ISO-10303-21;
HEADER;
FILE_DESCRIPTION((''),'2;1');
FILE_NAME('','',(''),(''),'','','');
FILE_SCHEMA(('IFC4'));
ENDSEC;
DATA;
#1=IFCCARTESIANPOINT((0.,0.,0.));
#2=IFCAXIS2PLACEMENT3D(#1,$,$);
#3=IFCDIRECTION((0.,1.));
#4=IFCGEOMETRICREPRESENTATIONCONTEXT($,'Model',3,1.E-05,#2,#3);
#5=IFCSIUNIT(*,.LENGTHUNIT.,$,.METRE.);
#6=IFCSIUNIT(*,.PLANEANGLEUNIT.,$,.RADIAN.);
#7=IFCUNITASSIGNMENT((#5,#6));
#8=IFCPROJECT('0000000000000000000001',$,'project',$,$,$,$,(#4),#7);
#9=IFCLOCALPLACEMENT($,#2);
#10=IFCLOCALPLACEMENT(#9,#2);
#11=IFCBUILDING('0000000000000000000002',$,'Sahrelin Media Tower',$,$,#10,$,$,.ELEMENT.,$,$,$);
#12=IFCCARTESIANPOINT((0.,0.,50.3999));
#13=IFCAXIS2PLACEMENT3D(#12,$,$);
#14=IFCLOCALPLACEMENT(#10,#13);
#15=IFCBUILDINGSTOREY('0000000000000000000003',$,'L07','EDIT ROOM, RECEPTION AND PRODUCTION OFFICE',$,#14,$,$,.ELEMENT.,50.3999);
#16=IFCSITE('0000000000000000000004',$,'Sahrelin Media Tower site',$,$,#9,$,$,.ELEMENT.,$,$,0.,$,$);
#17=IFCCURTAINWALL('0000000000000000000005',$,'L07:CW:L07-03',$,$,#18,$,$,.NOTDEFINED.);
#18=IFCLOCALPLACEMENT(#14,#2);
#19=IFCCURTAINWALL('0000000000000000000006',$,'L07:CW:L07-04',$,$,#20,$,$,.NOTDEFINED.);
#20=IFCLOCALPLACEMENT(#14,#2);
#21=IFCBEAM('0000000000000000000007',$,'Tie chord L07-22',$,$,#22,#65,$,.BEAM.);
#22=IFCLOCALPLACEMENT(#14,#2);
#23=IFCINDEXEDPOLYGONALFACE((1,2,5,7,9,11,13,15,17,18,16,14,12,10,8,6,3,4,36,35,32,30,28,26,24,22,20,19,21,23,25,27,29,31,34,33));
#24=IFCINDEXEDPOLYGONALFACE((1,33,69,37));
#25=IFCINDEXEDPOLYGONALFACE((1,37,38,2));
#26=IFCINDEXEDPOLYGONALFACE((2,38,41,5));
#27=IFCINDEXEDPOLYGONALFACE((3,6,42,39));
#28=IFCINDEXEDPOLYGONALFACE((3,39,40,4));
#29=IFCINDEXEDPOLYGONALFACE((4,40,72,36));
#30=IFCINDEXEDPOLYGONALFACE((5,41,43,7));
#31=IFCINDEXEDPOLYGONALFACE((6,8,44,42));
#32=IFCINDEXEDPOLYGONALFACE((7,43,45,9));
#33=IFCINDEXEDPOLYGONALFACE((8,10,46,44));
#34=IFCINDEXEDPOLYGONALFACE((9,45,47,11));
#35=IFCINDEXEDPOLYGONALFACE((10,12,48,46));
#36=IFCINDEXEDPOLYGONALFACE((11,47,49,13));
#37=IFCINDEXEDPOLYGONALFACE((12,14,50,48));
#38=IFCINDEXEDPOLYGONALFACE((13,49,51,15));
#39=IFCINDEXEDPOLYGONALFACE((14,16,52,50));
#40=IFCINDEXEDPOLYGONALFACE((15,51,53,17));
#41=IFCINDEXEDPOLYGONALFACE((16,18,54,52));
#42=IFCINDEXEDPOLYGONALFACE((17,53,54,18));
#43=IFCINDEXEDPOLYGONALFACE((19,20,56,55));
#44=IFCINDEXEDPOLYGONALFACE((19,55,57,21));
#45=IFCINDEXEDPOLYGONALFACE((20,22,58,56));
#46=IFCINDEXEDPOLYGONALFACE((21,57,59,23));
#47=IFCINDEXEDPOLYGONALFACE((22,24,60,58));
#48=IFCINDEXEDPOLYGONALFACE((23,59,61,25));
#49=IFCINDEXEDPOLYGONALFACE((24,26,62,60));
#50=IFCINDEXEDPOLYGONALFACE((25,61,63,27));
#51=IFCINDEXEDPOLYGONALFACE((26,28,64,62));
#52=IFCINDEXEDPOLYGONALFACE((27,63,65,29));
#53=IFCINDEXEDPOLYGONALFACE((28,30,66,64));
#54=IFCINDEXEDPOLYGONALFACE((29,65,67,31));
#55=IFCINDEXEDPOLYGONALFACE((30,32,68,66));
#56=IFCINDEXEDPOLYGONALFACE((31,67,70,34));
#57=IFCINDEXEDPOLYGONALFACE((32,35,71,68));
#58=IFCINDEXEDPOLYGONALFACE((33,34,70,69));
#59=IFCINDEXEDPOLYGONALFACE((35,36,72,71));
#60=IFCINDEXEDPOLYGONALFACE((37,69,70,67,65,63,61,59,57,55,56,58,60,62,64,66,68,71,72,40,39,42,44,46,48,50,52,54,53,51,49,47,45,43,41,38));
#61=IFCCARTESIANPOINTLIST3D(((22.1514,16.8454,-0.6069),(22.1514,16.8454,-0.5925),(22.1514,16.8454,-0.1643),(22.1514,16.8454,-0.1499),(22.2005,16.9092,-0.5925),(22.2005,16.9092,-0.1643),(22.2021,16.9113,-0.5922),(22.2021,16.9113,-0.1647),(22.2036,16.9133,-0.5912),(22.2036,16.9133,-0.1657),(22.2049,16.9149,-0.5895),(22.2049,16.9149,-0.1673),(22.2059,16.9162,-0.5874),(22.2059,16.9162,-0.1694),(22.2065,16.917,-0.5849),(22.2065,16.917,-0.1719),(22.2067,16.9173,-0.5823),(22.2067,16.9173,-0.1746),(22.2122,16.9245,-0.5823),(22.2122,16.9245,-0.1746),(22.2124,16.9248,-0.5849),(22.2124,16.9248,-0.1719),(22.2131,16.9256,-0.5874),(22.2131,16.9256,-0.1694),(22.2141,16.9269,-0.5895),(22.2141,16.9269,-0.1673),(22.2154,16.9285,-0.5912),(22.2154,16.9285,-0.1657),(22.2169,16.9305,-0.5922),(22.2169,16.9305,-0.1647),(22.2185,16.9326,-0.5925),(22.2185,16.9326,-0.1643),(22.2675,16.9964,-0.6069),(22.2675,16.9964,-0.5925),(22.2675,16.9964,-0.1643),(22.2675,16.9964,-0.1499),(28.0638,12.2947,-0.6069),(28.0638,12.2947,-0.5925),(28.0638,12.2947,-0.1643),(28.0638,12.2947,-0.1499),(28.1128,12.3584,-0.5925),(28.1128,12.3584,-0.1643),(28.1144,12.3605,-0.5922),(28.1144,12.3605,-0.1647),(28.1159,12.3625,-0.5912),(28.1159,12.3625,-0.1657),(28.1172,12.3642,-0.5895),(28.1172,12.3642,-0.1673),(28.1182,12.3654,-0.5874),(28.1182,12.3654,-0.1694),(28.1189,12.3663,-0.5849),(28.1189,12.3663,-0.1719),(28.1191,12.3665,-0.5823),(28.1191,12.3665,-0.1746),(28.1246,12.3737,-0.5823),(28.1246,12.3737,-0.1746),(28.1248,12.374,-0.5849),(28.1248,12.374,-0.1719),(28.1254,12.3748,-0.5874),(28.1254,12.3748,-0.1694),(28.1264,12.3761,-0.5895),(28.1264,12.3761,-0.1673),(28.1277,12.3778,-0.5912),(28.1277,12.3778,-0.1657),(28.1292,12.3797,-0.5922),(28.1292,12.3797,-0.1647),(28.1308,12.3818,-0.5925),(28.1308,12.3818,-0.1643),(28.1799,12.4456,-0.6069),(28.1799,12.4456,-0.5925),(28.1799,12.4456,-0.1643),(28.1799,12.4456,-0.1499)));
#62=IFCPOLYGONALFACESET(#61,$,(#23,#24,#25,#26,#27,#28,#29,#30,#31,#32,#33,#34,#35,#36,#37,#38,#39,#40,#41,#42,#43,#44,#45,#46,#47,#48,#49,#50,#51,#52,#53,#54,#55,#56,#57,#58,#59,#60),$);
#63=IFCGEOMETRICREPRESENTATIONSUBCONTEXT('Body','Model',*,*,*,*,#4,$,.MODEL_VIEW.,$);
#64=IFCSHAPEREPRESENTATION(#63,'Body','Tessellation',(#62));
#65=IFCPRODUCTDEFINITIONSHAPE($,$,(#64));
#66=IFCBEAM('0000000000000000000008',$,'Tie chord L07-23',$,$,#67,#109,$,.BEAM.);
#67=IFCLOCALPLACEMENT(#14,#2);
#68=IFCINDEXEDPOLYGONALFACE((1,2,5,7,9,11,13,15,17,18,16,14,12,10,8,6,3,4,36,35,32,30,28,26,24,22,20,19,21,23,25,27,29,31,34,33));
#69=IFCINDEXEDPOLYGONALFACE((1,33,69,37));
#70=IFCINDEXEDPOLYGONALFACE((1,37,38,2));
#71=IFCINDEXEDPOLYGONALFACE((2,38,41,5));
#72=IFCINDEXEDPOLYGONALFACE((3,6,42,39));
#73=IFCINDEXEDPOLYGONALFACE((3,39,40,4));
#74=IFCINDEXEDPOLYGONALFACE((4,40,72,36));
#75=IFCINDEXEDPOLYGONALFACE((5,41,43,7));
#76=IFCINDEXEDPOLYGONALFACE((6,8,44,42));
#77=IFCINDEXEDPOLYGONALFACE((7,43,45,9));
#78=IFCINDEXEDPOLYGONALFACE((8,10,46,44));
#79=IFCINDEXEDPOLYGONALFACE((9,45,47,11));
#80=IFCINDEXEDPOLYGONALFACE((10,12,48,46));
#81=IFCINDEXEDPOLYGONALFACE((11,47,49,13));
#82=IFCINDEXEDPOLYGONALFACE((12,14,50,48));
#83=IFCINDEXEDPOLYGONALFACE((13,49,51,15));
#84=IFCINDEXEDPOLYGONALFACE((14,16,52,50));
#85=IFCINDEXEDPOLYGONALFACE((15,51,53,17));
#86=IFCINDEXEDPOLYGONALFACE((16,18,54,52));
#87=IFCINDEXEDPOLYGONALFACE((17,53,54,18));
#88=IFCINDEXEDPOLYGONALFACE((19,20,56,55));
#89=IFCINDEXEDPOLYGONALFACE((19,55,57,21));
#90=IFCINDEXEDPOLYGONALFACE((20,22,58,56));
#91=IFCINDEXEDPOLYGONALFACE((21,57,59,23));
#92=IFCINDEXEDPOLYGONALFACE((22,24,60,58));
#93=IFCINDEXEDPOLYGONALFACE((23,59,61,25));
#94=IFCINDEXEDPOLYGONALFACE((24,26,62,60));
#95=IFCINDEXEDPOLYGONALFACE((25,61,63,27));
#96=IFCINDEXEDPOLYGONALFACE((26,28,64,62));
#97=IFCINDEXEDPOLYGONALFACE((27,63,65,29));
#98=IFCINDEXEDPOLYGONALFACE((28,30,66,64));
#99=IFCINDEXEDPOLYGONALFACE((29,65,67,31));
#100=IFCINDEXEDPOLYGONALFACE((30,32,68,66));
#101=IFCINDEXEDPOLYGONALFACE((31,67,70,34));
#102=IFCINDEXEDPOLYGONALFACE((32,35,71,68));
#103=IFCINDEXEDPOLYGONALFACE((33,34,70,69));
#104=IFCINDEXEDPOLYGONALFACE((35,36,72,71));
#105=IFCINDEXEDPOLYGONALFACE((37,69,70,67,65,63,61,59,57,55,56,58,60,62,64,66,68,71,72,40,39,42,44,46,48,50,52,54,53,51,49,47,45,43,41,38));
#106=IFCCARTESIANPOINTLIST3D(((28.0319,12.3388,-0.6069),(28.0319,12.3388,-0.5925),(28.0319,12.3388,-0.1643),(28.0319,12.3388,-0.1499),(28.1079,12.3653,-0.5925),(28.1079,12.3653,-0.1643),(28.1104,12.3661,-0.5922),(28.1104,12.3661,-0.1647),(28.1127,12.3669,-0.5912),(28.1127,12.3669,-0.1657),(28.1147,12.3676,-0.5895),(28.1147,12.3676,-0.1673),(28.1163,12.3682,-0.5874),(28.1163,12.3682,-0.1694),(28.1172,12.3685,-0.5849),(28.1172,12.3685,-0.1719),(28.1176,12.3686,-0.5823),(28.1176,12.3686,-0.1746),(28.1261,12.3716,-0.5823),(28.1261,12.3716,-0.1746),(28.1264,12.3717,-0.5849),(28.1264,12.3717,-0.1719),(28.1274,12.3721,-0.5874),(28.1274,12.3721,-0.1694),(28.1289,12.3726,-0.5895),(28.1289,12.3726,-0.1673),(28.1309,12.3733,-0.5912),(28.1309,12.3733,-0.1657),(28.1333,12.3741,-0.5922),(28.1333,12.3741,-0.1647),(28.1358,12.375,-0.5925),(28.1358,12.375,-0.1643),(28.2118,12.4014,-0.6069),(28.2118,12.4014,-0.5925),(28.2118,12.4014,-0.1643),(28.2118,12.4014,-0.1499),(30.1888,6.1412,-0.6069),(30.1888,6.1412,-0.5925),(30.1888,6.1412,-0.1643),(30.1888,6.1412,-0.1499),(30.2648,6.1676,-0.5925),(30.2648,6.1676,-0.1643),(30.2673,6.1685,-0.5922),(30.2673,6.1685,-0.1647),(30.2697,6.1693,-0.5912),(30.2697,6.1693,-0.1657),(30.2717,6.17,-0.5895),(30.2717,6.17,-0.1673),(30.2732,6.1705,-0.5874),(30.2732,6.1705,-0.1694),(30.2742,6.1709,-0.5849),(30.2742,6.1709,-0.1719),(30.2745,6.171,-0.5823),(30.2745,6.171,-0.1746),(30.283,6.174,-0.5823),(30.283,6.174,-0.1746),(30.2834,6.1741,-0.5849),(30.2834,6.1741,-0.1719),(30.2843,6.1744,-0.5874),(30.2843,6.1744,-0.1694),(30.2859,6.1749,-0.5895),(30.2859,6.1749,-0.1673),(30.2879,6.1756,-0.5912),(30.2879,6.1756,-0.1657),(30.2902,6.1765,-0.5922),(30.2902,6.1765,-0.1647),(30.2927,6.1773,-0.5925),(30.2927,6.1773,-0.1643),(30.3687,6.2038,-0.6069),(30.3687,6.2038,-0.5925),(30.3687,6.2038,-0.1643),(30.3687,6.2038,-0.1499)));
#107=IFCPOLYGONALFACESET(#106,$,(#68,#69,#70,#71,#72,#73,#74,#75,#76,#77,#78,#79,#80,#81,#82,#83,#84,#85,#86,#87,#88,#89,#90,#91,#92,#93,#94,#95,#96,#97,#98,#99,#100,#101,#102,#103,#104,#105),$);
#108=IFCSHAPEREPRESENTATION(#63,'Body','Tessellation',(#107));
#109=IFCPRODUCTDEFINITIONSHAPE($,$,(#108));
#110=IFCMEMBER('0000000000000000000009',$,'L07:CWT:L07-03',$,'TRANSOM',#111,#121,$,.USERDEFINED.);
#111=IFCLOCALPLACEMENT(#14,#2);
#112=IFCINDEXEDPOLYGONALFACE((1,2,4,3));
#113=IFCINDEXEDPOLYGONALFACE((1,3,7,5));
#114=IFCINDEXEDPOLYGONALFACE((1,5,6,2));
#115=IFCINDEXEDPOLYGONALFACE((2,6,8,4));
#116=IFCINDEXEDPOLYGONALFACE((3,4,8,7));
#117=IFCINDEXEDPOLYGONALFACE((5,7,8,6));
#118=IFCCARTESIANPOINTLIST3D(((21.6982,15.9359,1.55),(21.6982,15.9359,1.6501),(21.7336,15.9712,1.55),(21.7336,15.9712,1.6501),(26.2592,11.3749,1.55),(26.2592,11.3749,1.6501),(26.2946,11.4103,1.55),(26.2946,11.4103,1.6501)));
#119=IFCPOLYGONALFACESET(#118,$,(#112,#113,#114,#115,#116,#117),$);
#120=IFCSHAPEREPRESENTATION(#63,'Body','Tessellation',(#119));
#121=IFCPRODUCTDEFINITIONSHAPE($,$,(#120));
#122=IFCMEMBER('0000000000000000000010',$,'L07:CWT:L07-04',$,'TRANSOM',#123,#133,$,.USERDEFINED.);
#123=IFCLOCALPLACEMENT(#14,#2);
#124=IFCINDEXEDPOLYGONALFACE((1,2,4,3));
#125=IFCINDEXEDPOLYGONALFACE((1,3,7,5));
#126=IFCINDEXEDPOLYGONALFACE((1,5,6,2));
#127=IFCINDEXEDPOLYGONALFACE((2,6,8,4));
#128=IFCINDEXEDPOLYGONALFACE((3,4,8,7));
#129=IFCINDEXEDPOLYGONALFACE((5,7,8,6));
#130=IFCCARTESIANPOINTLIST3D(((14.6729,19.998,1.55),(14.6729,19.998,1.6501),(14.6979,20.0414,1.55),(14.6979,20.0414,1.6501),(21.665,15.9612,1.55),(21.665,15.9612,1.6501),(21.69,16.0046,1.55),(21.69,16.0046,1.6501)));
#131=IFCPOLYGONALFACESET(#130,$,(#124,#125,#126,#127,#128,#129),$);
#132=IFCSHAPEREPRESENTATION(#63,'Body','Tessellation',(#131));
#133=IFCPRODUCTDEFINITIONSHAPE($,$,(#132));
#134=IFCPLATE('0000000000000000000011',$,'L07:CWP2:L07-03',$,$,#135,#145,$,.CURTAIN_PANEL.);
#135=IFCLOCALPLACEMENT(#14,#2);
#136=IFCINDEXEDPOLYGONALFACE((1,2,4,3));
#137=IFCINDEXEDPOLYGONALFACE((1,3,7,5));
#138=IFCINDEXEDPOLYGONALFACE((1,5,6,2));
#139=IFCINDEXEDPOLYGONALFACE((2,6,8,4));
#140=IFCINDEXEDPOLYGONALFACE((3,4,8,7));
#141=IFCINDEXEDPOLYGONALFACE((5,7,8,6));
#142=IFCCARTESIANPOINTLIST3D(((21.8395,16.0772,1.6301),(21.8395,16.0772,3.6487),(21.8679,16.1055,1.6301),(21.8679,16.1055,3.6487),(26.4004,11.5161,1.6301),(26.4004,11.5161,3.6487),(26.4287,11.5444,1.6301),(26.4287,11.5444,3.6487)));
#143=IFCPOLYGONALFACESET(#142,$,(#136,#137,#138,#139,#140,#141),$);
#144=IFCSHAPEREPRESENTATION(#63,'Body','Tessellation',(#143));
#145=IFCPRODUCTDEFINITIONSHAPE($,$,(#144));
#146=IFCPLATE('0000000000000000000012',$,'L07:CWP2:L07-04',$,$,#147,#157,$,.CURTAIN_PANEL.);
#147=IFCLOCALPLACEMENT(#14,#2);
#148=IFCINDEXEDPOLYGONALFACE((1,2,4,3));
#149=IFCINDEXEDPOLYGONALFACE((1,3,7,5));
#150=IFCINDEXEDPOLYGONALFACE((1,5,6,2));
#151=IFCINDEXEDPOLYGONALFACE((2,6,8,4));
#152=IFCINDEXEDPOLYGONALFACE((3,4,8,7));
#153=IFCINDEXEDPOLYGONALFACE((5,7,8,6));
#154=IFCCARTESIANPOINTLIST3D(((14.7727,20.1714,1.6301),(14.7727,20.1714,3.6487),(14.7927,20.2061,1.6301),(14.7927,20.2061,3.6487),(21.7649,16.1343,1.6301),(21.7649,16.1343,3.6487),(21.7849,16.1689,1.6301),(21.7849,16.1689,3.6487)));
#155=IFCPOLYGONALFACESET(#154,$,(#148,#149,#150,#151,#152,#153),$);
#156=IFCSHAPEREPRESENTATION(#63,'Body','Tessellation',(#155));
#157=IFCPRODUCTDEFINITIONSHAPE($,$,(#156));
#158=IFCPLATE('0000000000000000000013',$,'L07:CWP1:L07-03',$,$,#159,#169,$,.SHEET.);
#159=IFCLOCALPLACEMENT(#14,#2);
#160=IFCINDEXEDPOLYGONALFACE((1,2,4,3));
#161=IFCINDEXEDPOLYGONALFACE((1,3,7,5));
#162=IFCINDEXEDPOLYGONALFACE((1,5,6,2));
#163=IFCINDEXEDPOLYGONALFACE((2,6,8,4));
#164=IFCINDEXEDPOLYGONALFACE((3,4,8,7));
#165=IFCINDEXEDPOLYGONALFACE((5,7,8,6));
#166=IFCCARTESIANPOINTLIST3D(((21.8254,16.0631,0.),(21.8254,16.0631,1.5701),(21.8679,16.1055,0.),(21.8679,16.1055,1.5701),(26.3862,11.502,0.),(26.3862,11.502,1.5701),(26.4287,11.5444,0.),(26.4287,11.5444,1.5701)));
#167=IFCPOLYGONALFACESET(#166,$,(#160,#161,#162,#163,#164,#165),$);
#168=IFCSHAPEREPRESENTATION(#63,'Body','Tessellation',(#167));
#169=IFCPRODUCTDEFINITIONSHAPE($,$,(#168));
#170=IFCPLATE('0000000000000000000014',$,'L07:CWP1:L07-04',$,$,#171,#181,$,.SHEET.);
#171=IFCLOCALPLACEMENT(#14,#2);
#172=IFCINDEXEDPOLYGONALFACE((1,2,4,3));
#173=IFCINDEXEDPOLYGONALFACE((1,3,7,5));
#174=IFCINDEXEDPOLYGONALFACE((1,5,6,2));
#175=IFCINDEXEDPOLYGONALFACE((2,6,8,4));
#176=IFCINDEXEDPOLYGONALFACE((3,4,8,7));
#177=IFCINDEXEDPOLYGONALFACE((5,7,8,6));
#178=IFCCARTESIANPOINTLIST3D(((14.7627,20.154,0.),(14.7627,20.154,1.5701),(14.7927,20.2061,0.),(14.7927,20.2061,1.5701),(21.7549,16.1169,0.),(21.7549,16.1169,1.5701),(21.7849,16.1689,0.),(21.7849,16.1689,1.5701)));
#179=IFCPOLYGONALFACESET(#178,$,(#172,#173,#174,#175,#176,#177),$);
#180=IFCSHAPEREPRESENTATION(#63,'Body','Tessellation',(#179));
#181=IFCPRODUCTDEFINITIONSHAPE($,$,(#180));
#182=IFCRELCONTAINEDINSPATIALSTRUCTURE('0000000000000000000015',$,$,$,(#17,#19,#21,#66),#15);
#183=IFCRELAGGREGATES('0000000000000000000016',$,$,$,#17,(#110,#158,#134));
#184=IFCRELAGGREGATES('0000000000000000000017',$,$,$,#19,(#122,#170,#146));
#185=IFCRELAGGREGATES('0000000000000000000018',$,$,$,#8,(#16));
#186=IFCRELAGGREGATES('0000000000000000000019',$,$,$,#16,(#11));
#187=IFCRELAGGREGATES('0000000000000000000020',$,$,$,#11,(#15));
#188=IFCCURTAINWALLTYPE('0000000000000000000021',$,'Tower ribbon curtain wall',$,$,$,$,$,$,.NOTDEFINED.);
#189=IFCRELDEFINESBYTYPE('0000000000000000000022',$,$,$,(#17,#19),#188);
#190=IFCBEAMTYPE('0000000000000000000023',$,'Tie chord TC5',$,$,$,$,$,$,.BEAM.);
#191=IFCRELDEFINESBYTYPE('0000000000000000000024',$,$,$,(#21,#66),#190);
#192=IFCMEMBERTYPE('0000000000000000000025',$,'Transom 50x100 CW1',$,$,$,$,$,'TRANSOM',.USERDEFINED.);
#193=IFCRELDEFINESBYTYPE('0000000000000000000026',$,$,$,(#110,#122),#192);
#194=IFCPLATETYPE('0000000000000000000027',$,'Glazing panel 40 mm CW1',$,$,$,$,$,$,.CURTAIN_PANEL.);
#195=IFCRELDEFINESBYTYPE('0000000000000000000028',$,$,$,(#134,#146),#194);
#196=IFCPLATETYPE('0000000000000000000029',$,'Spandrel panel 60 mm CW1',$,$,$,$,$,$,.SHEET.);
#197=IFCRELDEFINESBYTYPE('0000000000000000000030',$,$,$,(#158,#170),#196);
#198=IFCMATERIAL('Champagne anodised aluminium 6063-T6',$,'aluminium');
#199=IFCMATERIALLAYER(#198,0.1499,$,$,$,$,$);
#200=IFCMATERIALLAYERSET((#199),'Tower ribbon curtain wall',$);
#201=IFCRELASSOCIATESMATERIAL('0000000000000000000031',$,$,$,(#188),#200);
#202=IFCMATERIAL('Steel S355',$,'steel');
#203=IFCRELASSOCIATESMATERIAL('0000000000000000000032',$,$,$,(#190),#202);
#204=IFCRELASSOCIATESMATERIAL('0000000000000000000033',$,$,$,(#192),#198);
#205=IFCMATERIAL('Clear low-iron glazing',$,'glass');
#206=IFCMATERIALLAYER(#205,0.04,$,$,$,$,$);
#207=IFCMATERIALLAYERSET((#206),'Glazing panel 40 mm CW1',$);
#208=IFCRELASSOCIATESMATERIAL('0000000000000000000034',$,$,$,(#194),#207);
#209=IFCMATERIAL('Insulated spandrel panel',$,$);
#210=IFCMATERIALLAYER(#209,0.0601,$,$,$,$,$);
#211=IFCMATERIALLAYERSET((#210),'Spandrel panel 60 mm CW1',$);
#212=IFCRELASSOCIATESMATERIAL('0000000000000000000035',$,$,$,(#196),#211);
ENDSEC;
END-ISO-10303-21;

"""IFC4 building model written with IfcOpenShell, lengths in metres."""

from ifc_helpers import new_model, si_unit, direction, frame, origin, origin_2d, place, context, subcontext, project, spatial, polyline, rectangle, i_section, outline, extrude, material, layer, layer_set, material_profile, profile_set, type_object, element, aggregate, save


model = new_model("IFC4")

# Units and contexts
model_context = context("Model", 3, precision=1e-05, world=origin(), true_north=direction((0.0, 1.0)))
body_context = subcontext(model_context, "Body", "Model", "MODEL_VIEW")
ifc_project = project(units=[si_unit("LENGTHUNIT", "METRE"), si_unit("PLANEANGLEUNIT", "RADIAN")], contexts=[model_context])

# Site, building, storey
site_placement = place(None, origin())
site = spatial("IfcSite", under=ifc_project, at=site_placement, Name="Sahrelin Media Tower site", CompositionType="ELEMENT", RefElevation=0.0)
building_placement = place(site_placement, origin())
building = spatial("IfcBuilding", under=site, at=building_placement, Name="Sahrelin Media Tower", CompositionType="ELEMENT")
storey_placement = place(building_placement, frame((0.0, 0.0, 50.3999)))
storey = spatial("IfcBuildingStorey", under=building, at=storey_placement, Name="L07", Description="EDIT ROOM, RECEPTION AND PRODUCTION OFFICE", CompositionType="ELEMENT", Elevation=50.3999)

# Shared definitions
ifc_material_1 = material(Name="Steel S355", Category="steel")

# Curtain walls
ifc_material_2 = material(Name="Champagne anodised aluminium 6063-T6", Category="aluminium")
ifc_layer_1 = layer(ifc_material_2, 0.1499)
ifc_layer_set_1 = layer_set([ifc_layer_1], Name="Tower ribbon curtain wall")
curtain_wall_type = type_object("IfcCurtainWallType", Name="Tower ribbon curtain wall", PredefinedType="NOTDEFINED", material=ifc_layer_set_1)
curtain_wall_1_placement = place(storey_placement, frame((24.1343, 13.8108, 0.0), z_axis=(0.0, 0.0, 1.0), x_axis=(1.0, 0.0, 0.0)))
curtain_wall_1 = element("IfcCurtainWall", 1, at=curtain_wall_1_placement, inside=storey, type_object=curtain_wall_type, Name="L07:CW:L07-03", PredefinedType="NOTDEFINED")
curtain_wall_2_placement = place(storey_placement, frame((18.2788, 18.1702, 0.0), z_axis=(0.0, 0.0, 1.0), x_axis=(1.0, 0.0, 0.0)))
curtain_wall_2 = element("IfcCurtainWall", 2, at=curtain_wall_2_placement, inside=storey, type_object=curtain_wall_type, Name="L07:CW:L07-04", PredefinedType="NOTDEFINED")

# Beams
ifc_material_profile_1 = material_profile(ifc_material_1, i_section(OverallWidth=0.1904, OverallDepth=0.457, WebThickness=0.009, FlangeThickness=0.0144, FilletRadius=0.0103, at=origin_2d()), Name="UB 457x191x74")
ifc_profile_set_1 = profile_set([ifc_material_profile_1], Name="Steel S355")
beam_type_1 = type_object("IfcBeamType", Name="Tie chord TC5", PredefinedType="BEAM", material=ifc_profile_set_1)
beam_1_placement = place(storey_placement, frame((22.2095, 16.9209, -0.3784), z_axis=(0.792441, -0.609948, 0.0), x_axis=(0.609948, 0.792441, 0.0)))
element("IfcBeam", 3, at=beam_1_placement, inside=storey, type_object=beam_type_1, Name="Tie chord L07-22", PredefinedType="BEAM", context=body_context, shape_type="SweptSolid", body=[
    extrude(i_section(OverallWidth=0.1904, OverallDepth=0.457, WebThickness=0.009, FlangeThickness=0.0144, FilletRadius=0.0103, at=origin_2d()), origin(), (0.0, 0.0, 1.0), 7.4609),
])
beam_2_placement = place(storey_placement, frame((28.1218, 12.3701, -0.3784), z_axis=(0.328689, -0.944438, 0.0), x_axis=(0.944438, 0.328689, 0.0)))
element("IfcBeam", 4, at=beam_2_placement, inside=storey, type_object=beam_type_1, Name="Tie chord L07-23", PredefinedType="BEAM", context=body_context, shape_type="SweptSolid", body=[
    extrude(i_section(OverallWidth=0.1904, OverallDepth=0.457, WebThickness=0.009, FlangeThickness=0.0144, FilletRadius=0.0103, at=origin_2d()), origin(), (0.0, 0.0, 1.0), 6.5623),
])

# Members
ifc_material_profile_2 = material_profile(ifc_material_2, rectangle(XDim=0.05, YDim=0.1001, at=origin_2d()), Name="Transom 50x100")
ifc_profile_set_2 = profile_set([ifc_material_profile_2], Name="Champagne anodised aluminium 6063-T6")
member_type_1 = type_object("IfcMemberType", Name="Transom 50x100 CW1", ElementType="TRANSOM", PredefinedType="USERDEFINED", material=ifc_profile_set_2)
member_1_placement = place(storey_placement, frame((26.2769, 11.3926, 1.6001), z_axis=(-0.707107, 0.707107, 0.0), x_axis=(-0.707107, -0.707107, 0.0)))
member_1 = element("IfcMember", 5, at=member_1_placement, type_object=member_type_1, Name="L07:CWT:L07-03", ObjectType="TRANSOM", PredefinedType="USERDEFINED", context=body_context, shape_type="SweptSolid", body=[
    extrude(rectangle(XDim=0.05, YDim=0.1001, at=origin_2d()), origin(), (0.0, 0.0, 1.0), 6.4502),
])
member_2_placement = place(storey_placement, frame((21.6775, 15.9829, 1.6001), z_axis=(-0.866029, 0.499993, 0.0), x_axis=(-0.499993, -0.866029, 0.0)))
member_2 = element("IfcMember", 6, at=member_2_placement, type_object=member_type_1, Name="L07:CWT:L07-04", ObjectType="TRANSOM", PredefinedType="USERDEFINED", context=body_context, shape_type="SweptSolid", body=[
    extrude(rectangle(XDim=0.05, YDim=0.1001, at=origin_2d()), origin(), (0.0, 0.0, 1.0), 8.0737),
])

# Plates
ifc_material_3 = material(Name="Clear low-iron glazing", Category="glass")
ifc_layer_2 = layer(ifc_material_3, 0.04)
ifc_layer_set_2 = layer_set([ifc_layer_2], Name="Glazing panel 40 mm CW1")
plate_type_1 = type_object("IfcPlateType", Name="Glazing panel 40 mm CW1", PredefinedType="CURTAIN_PANEL", material=ifc_layer_set_2)
plate_1_placement = place(storey_placement, frame((26.4287, 11.5444, 1.6301), z_axis=(0.707126, 0.707088, 0.0), x_axis=(-0.707088, 0.707126, 0.0)))
plate_1 = element("IfcPlate", 7, at=plate_1_placement, type_object=plate_type_1, Name="L07:CWP2:L07-03", PredefinedType="CURTAIN_PANEL", context=body_context, shape_type="SweptSolid", body=[
    extrude(outline(polyline([(0.0, 0.0), (6.4502, 0.0), (6.4502, 2.0186), (0.0, 2.0186), (0.0, 0.0)])), origin(), (0.0, 0.0, -1.0), 0.04),
])
plate_2_placement = place(storey_placement, frame((21.7849, 16.1689, 1.6301), z_axis=(0.500016, 0.866016, 0.0), x_axis=(-0.866016, 0.500016, 0.0)))
plate_2 = element("IfcPlate", 8, at=plate_2_placement, type_object=plate_type_1, Name="L07:CWP2:L07-04", PredefinedType="CURTAIN_PANEL", context=body_context, shape_type="SweptSolid", body=[
    extrude(outline(polyline([(0.0, 0.0), (8.074, 0.0), (8.074, 2.0186), (0.0, 2.0186), (0.0, 0.0)])), origin(), (0.0, 0.0, -1.0), 0.04),
])
ifc_material_4 = material(Name="Insulated spandrel panel")
ifc_layer_3 = layer(ifc_material_4, 0.0601)
ifc_layer_set_3 = layer_set([ifc_layer_3], Name="Spandrel panel 60 mm CW1")
plate_type_2 = type_object("IfcPlateType", Name="Spandrel panel 60 mm CW1", PredefinedType="SHEET", material=ifc_layer_set_3)
plate_3_placement = place(storey_placement, frame((26.4287, 11.5444, 0.0), z_axis=(0.707126, 0.707088, 0.0), x_axis=(-0.707088, 0.707126, 0.0)))
plate_3 = element("IfcPlate", 9, at=plate_3_placement, type_object=plate_type_2, Name="L07:CWP1:L07-03", PredefinedType="SHEET", context=body_context, shape_type="SweptSolid", body=[
    extrude(outline(polyline([(0.0, 0.0), (6.4502, 0.0), (6.4502, 1.5701), (0.0, 1.5701), (0.0, 0.0)])), origin(), (0.0, 0.0, -1.0), 0.0601),
])
aggregate(curtain_wall_1, [member_1, plate_3, plate_1])
plate_4_placement = place(storey_placement, frame((21.7849, 16.1689, 0.0), z_axis=(0.500016, 0.866016, 0.0), x_axis=(-0.866016, 0.500016, 0.0)))
plate_4 = element("IfcPlate", 10, at=plate_4_placement, type_object=plate_type_2, Name="L07:CWP1:L07-04", PredefinedType="SHEET", context=body_context, shape_type="SweptSolid", body=[
    extrude(outline(polyline([(0.0, 0.0), (8.074, 0.0), (8.074, 1.5701), (0.0, 1.5701), (0.0, 0.0)])), origin(), (0.0, 0.0, -1.0), 0.0601),
])
aggregate(curtain_wall_2, [member_2, plate_4, plate_2])

save(model, "model.ifc")
